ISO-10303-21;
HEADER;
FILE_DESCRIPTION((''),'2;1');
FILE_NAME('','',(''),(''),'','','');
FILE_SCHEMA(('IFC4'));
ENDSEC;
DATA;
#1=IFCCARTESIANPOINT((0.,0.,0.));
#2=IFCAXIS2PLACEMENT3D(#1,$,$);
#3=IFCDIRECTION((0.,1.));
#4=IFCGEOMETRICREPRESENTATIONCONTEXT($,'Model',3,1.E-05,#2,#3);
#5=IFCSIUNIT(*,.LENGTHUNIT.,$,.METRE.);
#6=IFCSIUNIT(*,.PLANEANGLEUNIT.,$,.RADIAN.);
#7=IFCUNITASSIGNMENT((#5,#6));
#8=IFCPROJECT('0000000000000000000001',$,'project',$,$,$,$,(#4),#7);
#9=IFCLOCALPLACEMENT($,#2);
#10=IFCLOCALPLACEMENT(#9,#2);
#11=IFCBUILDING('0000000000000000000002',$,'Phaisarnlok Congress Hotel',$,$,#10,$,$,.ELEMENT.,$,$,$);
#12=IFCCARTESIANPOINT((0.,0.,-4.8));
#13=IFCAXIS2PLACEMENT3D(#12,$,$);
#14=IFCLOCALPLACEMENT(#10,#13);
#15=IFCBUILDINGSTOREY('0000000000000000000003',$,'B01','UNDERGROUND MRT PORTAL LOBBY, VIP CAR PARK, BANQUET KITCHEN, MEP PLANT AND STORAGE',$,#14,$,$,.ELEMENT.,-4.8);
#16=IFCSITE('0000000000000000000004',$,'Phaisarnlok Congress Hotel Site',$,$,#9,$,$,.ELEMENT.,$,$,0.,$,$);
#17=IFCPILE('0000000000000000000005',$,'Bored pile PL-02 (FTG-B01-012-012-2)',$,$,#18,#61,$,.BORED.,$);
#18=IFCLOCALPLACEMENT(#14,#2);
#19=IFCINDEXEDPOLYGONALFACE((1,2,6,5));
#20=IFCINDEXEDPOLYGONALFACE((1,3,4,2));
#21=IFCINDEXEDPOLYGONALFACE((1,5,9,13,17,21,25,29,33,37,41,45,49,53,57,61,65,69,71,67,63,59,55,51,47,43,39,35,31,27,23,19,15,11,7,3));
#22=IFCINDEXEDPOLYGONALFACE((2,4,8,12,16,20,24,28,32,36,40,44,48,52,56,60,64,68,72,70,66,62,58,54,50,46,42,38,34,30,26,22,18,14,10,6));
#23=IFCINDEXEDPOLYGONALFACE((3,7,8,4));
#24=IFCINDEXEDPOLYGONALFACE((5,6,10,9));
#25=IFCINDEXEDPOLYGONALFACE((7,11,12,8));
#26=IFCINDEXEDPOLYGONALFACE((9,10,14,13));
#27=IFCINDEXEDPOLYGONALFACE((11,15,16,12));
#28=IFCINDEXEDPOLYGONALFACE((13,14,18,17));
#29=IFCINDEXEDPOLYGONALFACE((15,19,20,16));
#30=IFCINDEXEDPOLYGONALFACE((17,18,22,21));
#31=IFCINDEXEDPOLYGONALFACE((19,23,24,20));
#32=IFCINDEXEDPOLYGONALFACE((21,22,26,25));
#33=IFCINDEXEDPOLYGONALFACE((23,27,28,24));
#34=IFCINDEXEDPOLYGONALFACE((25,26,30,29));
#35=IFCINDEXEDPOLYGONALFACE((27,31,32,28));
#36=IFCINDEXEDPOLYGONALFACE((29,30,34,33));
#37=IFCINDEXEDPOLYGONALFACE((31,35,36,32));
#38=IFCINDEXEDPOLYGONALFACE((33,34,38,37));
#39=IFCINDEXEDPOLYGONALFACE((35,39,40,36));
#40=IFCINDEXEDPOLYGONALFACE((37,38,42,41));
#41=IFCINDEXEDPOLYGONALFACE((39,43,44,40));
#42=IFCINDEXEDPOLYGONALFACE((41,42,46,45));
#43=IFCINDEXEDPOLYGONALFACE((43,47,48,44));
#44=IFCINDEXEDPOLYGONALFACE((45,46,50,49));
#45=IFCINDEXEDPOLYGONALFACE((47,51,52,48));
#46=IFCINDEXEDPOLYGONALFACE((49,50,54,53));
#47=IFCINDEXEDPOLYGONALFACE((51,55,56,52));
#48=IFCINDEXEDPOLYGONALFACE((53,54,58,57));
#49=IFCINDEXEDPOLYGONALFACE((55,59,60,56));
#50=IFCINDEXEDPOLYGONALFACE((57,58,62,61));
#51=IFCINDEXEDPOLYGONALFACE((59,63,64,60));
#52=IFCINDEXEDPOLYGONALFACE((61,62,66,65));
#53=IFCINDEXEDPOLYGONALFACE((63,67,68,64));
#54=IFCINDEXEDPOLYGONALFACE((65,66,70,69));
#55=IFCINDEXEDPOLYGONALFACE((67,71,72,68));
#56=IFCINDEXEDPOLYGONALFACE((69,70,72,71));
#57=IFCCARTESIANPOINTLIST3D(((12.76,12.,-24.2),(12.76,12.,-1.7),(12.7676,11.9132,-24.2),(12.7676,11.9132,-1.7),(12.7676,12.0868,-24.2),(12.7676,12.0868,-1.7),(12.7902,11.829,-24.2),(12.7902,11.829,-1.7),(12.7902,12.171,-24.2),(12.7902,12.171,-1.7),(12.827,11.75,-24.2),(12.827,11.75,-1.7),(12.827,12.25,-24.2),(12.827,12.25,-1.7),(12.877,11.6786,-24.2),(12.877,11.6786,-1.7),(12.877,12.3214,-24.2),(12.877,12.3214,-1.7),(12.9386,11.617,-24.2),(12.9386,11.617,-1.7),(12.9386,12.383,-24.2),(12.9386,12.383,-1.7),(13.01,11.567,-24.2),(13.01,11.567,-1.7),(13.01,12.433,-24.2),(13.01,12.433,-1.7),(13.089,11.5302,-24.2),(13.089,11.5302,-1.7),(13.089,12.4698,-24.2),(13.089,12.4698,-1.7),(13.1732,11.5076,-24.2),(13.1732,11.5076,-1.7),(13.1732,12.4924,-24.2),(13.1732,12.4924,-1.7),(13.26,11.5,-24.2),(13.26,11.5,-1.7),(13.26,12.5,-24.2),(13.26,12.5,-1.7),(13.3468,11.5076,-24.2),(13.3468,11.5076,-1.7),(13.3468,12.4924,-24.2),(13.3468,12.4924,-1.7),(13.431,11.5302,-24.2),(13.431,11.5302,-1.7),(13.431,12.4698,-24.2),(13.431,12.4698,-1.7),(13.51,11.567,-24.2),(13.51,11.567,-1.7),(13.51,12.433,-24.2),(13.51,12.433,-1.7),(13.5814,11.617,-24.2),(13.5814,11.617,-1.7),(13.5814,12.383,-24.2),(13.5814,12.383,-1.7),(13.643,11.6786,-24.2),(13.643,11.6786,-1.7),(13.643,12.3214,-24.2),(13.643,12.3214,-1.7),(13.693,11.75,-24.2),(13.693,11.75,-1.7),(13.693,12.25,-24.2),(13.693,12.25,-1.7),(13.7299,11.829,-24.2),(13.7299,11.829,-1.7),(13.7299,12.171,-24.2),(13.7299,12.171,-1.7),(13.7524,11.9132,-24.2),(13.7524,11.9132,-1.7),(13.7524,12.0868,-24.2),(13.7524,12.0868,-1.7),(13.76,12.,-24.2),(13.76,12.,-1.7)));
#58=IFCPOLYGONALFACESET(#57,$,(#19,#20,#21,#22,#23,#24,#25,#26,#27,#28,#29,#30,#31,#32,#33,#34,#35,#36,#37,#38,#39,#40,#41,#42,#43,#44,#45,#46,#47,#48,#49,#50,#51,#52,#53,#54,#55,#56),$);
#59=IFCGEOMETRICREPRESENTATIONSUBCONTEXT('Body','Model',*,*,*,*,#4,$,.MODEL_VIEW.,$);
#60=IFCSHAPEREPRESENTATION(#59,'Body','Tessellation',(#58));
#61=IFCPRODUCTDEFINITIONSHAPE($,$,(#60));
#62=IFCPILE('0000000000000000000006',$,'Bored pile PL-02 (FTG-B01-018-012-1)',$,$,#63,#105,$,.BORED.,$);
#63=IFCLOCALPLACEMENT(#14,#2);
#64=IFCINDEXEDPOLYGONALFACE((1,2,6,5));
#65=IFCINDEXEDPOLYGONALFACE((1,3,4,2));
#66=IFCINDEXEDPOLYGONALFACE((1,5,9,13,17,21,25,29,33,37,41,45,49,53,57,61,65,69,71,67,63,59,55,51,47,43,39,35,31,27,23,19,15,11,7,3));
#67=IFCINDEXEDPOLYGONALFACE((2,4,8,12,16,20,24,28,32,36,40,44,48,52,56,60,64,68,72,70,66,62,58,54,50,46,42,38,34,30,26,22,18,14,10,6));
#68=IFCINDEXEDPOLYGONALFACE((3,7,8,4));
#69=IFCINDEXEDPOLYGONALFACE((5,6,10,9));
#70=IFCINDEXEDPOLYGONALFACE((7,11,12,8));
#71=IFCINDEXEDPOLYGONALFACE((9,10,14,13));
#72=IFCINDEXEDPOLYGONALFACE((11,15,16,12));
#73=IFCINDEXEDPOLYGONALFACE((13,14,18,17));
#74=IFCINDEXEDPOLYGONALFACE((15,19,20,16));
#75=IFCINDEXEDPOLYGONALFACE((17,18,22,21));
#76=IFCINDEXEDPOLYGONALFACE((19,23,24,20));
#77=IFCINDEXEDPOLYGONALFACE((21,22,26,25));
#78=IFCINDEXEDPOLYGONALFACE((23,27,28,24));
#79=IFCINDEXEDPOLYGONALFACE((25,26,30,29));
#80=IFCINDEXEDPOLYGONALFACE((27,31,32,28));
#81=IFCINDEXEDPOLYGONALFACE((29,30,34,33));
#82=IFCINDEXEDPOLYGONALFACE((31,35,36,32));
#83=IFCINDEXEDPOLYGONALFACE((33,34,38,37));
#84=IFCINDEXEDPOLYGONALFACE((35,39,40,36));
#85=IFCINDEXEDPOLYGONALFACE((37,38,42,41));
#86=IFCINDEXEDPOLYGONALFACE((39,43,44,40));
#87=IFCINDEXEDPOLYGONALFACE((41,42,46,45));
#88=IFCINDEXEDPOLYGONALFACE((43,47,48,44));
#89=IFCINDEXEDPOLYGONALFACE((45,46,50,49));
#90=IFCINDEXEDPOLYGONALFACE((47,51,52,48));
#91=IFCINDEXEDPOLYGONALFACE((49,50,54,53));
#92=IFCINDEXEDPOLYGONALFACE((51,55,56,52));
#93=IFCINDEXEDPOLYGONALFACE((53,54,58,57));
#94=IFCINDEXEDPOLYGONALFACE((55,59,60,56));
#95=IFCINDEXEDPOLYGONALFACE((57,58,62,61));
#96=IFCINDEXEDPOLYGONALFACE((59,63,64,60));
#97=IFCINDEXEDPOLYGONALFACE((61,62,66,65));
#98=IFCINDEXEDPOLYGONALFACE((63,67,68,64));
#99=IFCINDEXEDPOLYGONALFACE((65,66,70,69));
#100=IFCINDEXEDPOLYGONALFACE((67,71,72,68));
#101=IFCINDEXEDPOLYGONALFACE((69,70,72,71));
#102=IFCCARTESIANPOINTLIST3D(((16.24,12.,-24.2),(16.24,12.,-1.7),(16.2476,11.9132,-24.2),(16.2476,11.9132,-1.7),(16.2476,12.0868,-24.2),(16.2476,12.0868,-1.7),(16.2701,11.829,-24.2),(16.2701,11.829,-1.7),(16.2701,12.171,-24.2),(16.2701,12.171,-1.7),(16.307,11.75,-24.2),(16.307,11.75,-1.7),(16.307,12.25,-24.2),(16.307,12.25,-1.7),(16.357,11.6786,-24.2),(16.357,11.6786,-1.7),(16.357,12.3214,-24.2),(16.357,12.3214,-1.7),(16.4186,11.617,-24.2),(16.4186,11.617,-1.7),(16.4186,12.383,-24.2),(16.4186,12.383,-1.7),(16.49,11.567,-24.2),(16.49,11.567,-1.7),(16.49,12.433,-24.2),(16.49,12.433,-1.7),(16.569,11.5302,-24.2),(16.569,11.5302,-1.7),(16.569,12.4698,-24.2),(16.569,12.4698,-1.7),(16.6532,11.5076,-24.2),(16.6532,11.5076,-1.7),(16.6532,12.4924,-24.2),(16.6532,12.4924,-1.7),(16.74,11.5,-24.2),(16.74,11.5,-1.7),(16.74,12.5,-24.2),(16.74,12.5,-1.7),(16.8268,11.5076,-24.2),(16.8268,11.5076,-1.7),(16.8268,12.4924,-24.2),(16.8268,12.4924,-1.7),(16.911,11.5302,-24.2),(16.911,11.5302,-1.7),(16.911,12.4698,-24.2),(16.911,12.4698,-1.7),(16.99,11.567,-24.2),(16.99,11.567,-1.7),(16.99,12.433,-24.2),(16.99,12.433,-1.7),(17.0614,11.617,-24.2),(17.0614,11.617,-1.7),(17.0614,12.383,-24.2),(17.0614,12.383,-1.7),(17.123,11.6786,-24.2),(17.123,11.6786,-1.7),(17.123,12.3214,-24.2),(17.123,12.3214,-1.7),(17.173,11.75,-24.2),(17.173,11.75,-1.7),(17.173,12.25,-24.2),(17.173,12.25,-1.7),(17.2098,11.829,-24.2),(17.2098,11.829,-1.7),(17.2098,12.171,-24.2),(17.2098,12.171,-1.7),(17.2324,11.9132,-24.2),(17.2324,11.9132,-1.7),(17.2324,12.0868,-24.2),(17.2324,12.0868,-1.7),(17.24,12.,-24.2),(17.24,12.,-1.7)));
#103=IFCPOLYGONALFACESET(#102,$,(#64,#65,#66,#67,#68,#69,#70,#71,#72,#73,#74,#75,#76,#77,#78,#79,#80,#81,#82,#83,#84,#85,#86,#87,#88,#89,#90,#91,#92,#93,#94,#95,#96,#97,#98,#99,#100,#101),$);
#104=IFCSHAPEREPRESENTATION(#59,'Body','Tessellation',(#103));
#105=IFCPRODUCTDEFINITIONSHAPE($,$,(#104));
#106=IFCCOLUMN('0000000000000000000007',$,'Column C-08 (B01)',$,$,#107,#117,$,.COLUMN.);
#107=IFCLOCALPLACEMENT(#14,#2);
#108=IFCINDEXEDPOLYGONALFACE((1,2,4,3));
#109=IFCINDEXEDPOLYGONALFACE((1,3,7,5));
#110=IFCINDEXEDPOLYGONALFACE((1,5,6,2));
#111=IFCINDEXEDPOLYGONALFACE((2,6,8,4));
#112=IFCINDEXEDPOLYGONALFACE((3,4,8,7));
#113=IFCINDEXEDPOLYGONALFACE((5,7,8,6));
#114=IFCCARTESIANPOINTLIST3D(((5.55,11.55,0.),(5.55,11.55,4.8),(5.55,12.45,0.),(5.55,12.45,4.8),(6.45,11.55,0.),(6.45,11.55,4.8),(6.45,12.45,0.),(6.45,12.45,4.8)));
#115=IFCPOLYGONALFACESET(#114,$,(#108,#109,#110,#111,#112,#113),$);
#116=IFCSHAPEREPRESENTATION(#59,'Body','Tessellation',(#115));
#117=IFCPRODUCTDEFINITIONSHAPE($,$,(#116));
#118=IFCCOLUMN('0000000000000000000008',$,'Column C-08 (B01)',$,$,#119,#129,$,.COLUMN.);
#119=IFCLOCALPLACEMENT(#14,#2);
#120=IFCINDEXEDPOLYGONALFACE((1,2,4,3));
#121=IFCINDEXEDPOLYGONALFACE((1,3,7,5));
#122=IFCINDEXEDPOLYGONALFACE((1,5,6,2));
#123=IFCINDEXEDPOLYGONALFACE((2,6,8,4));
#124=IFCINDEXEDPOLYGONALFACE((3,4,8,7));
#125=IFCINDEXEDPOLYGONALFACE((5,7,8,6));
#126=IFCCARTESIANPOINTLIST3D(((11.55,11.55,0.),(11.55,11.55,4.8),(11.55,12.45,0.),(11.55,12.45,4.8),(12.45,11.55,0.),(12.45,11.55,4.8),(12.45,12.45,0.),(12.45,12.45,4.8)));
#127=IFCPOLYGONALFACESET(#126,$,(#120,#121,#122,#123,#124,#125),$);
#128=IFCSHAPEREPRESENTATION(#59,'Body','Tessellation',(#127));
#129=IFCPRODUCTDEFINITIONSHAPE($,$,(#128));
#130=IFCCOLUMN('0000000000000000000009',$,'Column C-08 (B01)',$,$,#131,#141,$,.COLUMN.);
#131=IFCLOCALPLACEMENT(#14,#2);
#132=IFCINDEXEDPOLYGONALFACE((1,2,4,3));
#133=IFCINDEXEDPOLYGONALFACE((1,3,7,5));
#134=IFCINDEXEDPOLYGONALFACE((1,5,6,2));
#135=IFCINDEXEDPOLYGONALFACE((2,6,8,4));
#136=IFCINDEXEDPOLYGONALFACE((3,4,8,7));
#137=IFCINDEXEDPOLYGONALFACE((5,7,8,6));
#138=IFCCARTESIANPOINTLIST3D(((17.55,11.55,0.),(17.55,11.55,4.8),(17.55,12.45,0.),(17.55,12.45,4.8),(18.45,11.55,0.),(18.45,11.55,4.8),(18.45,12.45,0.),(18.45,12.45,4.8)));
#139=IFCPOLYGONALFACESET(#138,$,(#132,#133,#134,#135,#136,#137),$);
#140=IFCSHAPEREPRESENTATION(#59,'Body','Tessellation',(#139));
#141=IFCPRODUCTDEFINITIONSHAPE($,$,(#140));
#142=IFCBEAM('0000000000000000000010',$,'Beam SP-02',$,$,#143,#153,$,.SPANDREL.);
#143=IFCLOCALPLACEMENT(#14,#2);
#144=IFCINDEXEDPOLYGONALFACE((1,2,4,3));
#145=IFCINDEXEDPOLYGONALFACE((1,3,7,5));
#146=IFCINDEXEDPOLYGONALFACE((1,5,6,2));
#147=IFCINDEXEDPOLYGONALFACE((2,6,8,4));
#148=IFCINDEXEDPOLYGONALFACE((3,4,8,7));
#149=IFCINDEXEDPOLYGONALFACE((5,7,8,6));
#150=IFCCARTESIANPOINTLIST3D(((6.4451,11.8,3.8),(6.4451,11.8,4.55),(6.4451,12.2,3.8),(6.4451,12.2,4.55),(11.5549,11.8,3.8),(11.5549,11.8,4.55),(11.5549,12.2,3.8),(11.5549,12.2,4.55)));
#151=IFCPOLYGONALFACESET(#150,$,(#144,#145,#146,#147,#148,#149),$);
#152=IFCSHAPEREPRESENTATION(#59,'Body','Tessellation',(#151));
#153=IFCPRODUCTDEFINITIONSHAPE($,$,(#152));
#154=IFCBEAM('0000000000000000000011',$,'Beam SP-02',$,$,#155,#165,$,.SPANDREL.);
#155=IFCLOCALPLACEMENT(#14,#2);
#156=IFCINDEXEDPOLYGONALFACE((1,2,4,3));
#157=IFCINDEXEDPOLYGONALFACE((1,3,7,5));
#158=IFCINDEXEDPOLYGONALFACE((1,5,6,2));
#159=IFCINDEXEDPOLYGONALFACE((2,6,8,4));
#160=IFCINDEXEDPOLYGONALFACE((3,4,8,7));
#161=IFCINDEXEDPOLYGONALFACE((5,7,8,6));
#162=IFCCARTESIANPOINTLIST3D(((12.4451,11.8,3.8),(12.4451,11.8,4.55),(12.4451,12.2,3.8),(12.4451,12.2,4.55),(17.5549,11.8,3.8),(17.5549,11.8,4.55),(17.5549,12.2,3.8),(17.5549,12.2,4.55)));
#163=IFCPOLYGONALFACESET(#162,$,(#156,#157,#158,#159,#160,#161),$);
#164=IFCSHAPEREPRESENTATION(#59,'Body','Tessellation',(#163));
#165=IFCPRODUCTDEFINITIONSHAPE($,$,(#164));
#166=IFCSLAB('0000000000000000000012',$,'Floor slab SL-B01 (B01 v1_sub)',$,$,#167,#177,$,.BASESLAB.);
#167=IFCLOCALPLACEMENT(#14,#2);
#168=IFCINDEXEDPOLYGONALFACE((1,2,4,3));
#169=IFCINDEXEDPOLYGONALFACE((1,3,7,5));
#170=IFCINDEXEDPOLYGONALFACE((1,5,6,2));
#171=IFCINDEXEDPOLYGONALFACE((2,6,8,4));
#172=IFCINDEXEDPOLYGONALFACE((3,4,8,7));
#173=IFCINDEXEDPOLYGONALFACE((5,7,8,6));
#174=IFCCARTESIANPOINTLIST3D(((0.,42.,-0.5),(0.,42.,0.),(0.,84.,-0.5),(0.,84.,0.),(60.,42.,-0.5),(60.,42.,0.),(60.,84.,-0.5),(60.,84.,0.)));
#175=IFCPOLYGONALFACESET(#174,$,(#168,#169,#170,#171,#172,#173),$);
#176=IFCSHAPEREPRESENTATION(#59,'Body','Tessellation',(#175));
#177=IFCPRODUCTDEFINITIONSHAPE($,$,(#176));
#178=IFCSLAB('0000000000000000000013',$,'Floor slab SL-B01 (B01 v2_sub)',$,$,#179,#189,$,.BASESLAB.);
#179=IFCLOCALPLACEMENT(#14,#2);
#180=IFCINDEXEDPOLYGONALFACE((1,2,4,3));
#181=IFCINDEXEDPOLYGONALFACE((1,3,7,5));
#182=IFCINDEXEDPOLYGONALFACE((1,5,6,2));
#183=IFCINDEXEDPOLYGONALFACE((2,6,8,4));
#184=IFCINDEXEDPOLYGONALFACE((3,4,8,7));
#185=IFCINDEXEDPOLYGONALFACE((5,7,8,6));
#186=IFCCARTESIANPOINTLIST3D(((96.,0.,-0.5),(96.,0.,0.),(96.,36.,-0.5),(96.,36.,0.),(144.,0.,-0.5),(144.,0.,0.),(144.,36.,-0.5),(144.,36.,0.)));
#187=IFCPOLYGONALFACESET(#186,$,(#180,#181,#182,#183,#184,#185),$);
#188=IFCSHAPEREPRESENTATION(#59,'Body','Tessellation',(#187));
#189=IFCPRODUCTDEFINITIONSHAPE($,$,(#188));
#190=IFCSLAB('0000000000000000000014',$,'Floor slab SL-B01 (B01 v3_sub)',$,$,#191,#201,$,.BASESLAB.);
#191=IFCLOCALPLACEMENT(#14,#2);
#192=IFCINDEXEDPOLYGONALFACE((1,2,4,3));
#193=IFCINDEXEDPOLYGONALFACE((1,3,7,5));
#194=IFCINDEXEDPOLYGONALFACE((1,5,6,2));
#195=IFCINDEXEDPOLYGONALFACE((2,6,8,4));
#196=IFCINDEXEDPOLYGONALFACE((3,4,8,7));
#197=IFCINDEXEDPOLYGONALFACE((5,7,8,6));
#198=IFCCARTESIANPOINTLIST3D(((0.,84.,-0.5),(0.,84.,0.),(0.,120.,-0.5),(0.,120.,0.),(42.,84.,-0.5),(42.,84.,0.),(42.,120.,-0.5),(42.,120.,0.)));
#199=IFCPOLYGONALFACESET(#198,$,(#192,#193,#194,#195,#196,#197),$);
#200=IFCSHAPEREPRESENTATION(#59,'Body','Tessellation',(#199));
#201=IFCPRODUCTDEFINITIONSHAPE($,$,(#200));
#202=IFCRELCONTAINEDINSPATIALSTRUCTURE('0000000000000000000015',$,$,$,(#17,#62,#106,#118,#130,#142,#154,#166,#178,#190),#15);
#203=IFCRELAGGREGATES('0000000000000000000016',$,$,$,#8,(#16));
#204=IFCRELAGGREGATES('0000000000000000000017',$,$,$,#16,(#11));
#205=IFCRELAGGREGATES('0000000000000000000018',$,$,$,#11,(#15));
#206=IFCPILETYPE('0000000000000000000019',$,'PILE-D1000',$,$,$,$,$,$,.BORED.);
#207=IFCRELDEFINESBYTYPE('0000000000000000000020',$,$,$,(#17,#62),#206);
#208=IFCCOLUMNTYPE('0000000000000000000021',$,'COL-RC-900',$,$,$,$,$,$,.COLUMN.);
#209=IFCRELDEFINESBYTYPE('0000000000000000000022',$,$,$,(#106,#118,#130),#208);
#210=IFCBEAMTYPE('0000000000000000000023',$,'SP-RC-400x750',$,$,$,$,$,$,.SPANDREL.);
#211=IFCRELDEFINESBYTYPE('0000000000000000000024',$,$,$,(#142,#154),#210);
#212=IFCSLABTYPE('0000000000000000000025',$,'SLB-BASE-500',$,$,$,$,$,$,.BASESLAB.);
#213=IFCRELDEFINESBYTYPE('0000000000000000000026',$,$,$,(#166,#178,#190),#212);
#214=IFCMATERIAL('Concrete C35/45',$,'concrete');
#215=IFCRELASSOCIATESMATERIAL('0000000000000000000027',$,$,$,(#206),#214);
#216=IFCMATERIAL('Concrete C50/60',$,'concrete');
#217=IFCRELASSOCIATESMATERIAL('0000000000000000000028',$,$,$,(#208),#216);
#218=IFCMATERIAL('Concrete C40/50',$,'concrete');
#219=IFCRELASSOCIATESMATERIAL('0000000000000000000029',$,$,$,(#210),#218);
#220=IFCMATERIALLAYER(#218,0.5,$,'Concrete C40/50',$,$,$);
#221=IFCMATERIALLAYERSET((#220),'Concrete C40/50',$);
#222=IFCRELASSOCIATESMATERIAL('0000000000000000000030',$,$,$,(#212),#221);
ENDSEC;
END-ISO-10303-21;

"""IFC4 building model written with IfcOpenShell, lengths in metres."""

from ifc_helpers import new_model, si_unit, direction, frame, origin, origin_2d, place, context, subcontext, project, spatial, polyline, rectangle, circle, outline, extrude, material, layer, layer_set, material_profile, profile_set, type_object, element, save


model = new_model("IFC4")

# Units and contexts
model_context = context("Model", 3, precision=1e-05, world=origin(), true_north=direction((0.0, 1.0)))
body_context = subcontext(model_context, "Body", "Model", "MODEL_VIEW")
ifc_project = project(units=[si_unit("LENGTHUNIT", "METRE"), si_unit("PLANEANGLEUNIT", "RADIAN")], contexts=[model_context])

# Site, building, storey
site_placement = place(None, origin())
site = spatial("IfcSite", under=ifc_project, at=site_placement, Name="Phaisarnlok Congress Hotel Site", CompositionType="ELEMENT", RefElevation=0.0)
building_placement = place(site_placement, origin())
building = spatial("IfcBuilding", under=site, at=building_placement, Name="Phaisarnlok Congress Hotel", CompositionType="ELEMENT")
storey_placement = place(building_placement, frame((0.0, 0.0, -4.8)))
storey = spatial("IfcBuildingStorey", under=building, at=storey_placement, Name="B01", Description="UNDERGROUND MRT PORTAL LOBBY, VIP CAR PARK, BANQUET KITCHEN, MEP PLANT AND STORAGE", CompositionType="ELEMENT", Elevation=-4.8)

# Shared definitions
ifc_material_1 = material(Name="Concrete C40/50", Category="concrete")

# Piles
ifc_material_2 = material(Name="Concrete C35/45", Category="concrete")
ifc_material_profile_1 = material_profile(ifc_material_2, circle(Radius=0.5, at=origin_2d()), Name="BORED PILE D1000")
ifc_profile_set_1 = profile_set([ifc_material_profile_1], Name="Concrete C35/45")
pile_type = type_object("IfcPileType", Name="PILE-D1000", PredefinedType="BORED", material=ifc_profile_set_1)
for number, where, z_axis, x_axis, name in (
    (1, (13.26, 12.0, -1.7), (0.0, 0.0, -1.0), (1.0, 0.0, 0.0), "Bored pile PL-02 (FTG-B01-012-012-2)"),
    (2, (16.74, 12.0, -1.7), (0.0, 0.0, -1.0), (1.0, 0.0, 0.0), "Bored pile PL-02 (FTG-B01-018-012-1)"),
):
    element("IfcPile", number, at=place(storey_placement, frame(where, z_axis=z_axis, x_axis=x_axis)), inside=storey, type_object=pile_type, Name=name, PredefinedType="BORED", context=body_context, shape_type="SweptSolid", body=[
        extrude(circle(Radius=0.5, at=origin_2d()), origin(), (0.0, 0.0, 1.0), 22.5),
    ])

# Columns
ifc_material_3 = material(Name="Concrete C50/60", Category="concrete")
ifc_material_profile_2 = material_profile(ifc_material_3, rectangle(XDim=0.8999, YDim=0.8999, at=origin_2d()), Name="RC 900x900")
ifc_profile_set_2 = profile_set([ifc_material_profile_2], Name="Concrete C50/60")
column_type = type_object("IfcColumnType", Name="COL-RC-900", PredefinedType="COLUMN", material=ifc_profile_set_2)
for number, where, z_axis, x_axis, name in (
    (3, (6.0, 12.0, 0.0), (0.0, 0.0, 1.0), (1.0, 0.0, 0.0), "Column C-08 (B01)"),
    (4, (12.0, 12.0, 0.0), (0.0, 0.0, 1.0), (1.0, 0.0, 0.0), "Column C-08 (B01)"),
    (5, (18.0, 12.0, 0.0), (0.0, 0.0, 1.0), (1.0, 0.0, 0.0), "Column C-08 (B01)"),
):
    element("IfcColumn", number, at=place(storey_placement, frame(where, z_axis=z_axis, x_axis=x_axis)), inside=storey, type_object=column_type, Name=name, PredefinedType="COLUMN", context=body_context, shape_type="SweptSolid", body=[
        extrude(rectangle(XDim=0.8999, YDim=0.8999, at=origin_2d()), origin(), (0.0, 0.0, 1.0), 4.8),
    ])

# Beams
ifc_material_profile_3 = material_profile(ifc_material_1, rectangle(XDim=0.3999, YDim=0.75, at=origin_2d()), Name="RC 400x750")
ifc_profile_set_3 = profile_set([ifc_material_profile_3], Name="Concrete C40/50")
beam_type = type_object("IfcBeamType", Name="SP-RC-400x750", PredefinedType="SPANDREL", material=ifc_profile_set_3)
for number, where, z_axis, x_axis, name in (
    (6, (6.4451, 12.0, 4.175), (1.0, 0.0, 0.0), (0.0, 1.0, 0.0), "Beam SP-02"),
    (7, (12.4451, 12.0, 4.175), (1.0, 0.0, 0.0), (0.0, 1.0, 0.0), "Beam SP-02"),
):
    element("IfcBeam", number, at=place(storey_placement, frame(where, z_axis=z_axis, x_axis=x_axis)), inside=storey, type_object=beam_type, Name=name, PredefinedType="SPANDREL", context=body_context, shape_type="SweptSolid", body=[
        extrude(rectangle(XDim=0.3999, YDim=0.75, at=origin_2d()), origin(), (0.0, 0.0, 1.0), 5.1099),
    ])

# Slabs
ifc_layer_1 = layer(ifc_material_1, 0.5, Name="Concrete C40/50")
ifc_layer_set_1 = layer_set([ifc_layer_1], Name="Concrete C40/50")
slab_type_1 = type_object("IfcSlabType", Name="SLB-BASE-500", PredefinedType="BASESLAB", material=ifc_layer_set_1)
slab_1_placement = place(storey_placement, frame((0.0, 0.0, -0.5)))
element("IfcSlab", 8, at=slab_1_placement, inside=storey, type_object=slab_type_1, Name="Floor slab SL-B01 (B01 v1_sub)", PredefinedType="BASESLAB", context=body_context, shape_type="SweptSolid", body=[
    extrude(outline(polyline([(60.0, 42.0), (60.0, 84.0), (0.0, 84.0), (0.0, 42.0), (60.0, 42.0)])), origin(), (0.0, 0.0, 1.0), 0.5),
])
slab_2_placement = place(storey_placement, frame((0.0, 0.0, -0.5)))
element("IfcSlab", 9, at=slab_2_placement, inside=storey, type_object=slab_type_1, Name="Floor slab SL-B01 (B01 v2_sub)", PredefinedType="BASESLAB", context=body_context, shape_type="SweptSolid", body=[
    extrude(outline(polyline([(144.0, 0.0), (144.0, 36.0), (96.0, 36.0), (96.0, 0.0), (144.0, 0.0)])), origin(), (0.0, 0.0, 1.0), 0.5),
])
slab_3_placement = place(storey_placement, frame((0.0, 0.0, -0.5)))
element("IfcSlab", 10, at=slab_3_placement, inside=storey, type_object=slab_type_1, Name="Floor slab SL-B01 (B01 v3_sub)", PredefinedType="BASESLAB", context=body_context, shape_type="SweptSolid", body=[
    extrude(outline(polyline([(42.0, 84.0), (42.0, 120.0), (0.0, 120.0), (0.0, 84.0), (42.0, 84.0)])), origin(), (0.0, 0.0, 1.0), 0.5),
])

save(model, "model.ifc")
